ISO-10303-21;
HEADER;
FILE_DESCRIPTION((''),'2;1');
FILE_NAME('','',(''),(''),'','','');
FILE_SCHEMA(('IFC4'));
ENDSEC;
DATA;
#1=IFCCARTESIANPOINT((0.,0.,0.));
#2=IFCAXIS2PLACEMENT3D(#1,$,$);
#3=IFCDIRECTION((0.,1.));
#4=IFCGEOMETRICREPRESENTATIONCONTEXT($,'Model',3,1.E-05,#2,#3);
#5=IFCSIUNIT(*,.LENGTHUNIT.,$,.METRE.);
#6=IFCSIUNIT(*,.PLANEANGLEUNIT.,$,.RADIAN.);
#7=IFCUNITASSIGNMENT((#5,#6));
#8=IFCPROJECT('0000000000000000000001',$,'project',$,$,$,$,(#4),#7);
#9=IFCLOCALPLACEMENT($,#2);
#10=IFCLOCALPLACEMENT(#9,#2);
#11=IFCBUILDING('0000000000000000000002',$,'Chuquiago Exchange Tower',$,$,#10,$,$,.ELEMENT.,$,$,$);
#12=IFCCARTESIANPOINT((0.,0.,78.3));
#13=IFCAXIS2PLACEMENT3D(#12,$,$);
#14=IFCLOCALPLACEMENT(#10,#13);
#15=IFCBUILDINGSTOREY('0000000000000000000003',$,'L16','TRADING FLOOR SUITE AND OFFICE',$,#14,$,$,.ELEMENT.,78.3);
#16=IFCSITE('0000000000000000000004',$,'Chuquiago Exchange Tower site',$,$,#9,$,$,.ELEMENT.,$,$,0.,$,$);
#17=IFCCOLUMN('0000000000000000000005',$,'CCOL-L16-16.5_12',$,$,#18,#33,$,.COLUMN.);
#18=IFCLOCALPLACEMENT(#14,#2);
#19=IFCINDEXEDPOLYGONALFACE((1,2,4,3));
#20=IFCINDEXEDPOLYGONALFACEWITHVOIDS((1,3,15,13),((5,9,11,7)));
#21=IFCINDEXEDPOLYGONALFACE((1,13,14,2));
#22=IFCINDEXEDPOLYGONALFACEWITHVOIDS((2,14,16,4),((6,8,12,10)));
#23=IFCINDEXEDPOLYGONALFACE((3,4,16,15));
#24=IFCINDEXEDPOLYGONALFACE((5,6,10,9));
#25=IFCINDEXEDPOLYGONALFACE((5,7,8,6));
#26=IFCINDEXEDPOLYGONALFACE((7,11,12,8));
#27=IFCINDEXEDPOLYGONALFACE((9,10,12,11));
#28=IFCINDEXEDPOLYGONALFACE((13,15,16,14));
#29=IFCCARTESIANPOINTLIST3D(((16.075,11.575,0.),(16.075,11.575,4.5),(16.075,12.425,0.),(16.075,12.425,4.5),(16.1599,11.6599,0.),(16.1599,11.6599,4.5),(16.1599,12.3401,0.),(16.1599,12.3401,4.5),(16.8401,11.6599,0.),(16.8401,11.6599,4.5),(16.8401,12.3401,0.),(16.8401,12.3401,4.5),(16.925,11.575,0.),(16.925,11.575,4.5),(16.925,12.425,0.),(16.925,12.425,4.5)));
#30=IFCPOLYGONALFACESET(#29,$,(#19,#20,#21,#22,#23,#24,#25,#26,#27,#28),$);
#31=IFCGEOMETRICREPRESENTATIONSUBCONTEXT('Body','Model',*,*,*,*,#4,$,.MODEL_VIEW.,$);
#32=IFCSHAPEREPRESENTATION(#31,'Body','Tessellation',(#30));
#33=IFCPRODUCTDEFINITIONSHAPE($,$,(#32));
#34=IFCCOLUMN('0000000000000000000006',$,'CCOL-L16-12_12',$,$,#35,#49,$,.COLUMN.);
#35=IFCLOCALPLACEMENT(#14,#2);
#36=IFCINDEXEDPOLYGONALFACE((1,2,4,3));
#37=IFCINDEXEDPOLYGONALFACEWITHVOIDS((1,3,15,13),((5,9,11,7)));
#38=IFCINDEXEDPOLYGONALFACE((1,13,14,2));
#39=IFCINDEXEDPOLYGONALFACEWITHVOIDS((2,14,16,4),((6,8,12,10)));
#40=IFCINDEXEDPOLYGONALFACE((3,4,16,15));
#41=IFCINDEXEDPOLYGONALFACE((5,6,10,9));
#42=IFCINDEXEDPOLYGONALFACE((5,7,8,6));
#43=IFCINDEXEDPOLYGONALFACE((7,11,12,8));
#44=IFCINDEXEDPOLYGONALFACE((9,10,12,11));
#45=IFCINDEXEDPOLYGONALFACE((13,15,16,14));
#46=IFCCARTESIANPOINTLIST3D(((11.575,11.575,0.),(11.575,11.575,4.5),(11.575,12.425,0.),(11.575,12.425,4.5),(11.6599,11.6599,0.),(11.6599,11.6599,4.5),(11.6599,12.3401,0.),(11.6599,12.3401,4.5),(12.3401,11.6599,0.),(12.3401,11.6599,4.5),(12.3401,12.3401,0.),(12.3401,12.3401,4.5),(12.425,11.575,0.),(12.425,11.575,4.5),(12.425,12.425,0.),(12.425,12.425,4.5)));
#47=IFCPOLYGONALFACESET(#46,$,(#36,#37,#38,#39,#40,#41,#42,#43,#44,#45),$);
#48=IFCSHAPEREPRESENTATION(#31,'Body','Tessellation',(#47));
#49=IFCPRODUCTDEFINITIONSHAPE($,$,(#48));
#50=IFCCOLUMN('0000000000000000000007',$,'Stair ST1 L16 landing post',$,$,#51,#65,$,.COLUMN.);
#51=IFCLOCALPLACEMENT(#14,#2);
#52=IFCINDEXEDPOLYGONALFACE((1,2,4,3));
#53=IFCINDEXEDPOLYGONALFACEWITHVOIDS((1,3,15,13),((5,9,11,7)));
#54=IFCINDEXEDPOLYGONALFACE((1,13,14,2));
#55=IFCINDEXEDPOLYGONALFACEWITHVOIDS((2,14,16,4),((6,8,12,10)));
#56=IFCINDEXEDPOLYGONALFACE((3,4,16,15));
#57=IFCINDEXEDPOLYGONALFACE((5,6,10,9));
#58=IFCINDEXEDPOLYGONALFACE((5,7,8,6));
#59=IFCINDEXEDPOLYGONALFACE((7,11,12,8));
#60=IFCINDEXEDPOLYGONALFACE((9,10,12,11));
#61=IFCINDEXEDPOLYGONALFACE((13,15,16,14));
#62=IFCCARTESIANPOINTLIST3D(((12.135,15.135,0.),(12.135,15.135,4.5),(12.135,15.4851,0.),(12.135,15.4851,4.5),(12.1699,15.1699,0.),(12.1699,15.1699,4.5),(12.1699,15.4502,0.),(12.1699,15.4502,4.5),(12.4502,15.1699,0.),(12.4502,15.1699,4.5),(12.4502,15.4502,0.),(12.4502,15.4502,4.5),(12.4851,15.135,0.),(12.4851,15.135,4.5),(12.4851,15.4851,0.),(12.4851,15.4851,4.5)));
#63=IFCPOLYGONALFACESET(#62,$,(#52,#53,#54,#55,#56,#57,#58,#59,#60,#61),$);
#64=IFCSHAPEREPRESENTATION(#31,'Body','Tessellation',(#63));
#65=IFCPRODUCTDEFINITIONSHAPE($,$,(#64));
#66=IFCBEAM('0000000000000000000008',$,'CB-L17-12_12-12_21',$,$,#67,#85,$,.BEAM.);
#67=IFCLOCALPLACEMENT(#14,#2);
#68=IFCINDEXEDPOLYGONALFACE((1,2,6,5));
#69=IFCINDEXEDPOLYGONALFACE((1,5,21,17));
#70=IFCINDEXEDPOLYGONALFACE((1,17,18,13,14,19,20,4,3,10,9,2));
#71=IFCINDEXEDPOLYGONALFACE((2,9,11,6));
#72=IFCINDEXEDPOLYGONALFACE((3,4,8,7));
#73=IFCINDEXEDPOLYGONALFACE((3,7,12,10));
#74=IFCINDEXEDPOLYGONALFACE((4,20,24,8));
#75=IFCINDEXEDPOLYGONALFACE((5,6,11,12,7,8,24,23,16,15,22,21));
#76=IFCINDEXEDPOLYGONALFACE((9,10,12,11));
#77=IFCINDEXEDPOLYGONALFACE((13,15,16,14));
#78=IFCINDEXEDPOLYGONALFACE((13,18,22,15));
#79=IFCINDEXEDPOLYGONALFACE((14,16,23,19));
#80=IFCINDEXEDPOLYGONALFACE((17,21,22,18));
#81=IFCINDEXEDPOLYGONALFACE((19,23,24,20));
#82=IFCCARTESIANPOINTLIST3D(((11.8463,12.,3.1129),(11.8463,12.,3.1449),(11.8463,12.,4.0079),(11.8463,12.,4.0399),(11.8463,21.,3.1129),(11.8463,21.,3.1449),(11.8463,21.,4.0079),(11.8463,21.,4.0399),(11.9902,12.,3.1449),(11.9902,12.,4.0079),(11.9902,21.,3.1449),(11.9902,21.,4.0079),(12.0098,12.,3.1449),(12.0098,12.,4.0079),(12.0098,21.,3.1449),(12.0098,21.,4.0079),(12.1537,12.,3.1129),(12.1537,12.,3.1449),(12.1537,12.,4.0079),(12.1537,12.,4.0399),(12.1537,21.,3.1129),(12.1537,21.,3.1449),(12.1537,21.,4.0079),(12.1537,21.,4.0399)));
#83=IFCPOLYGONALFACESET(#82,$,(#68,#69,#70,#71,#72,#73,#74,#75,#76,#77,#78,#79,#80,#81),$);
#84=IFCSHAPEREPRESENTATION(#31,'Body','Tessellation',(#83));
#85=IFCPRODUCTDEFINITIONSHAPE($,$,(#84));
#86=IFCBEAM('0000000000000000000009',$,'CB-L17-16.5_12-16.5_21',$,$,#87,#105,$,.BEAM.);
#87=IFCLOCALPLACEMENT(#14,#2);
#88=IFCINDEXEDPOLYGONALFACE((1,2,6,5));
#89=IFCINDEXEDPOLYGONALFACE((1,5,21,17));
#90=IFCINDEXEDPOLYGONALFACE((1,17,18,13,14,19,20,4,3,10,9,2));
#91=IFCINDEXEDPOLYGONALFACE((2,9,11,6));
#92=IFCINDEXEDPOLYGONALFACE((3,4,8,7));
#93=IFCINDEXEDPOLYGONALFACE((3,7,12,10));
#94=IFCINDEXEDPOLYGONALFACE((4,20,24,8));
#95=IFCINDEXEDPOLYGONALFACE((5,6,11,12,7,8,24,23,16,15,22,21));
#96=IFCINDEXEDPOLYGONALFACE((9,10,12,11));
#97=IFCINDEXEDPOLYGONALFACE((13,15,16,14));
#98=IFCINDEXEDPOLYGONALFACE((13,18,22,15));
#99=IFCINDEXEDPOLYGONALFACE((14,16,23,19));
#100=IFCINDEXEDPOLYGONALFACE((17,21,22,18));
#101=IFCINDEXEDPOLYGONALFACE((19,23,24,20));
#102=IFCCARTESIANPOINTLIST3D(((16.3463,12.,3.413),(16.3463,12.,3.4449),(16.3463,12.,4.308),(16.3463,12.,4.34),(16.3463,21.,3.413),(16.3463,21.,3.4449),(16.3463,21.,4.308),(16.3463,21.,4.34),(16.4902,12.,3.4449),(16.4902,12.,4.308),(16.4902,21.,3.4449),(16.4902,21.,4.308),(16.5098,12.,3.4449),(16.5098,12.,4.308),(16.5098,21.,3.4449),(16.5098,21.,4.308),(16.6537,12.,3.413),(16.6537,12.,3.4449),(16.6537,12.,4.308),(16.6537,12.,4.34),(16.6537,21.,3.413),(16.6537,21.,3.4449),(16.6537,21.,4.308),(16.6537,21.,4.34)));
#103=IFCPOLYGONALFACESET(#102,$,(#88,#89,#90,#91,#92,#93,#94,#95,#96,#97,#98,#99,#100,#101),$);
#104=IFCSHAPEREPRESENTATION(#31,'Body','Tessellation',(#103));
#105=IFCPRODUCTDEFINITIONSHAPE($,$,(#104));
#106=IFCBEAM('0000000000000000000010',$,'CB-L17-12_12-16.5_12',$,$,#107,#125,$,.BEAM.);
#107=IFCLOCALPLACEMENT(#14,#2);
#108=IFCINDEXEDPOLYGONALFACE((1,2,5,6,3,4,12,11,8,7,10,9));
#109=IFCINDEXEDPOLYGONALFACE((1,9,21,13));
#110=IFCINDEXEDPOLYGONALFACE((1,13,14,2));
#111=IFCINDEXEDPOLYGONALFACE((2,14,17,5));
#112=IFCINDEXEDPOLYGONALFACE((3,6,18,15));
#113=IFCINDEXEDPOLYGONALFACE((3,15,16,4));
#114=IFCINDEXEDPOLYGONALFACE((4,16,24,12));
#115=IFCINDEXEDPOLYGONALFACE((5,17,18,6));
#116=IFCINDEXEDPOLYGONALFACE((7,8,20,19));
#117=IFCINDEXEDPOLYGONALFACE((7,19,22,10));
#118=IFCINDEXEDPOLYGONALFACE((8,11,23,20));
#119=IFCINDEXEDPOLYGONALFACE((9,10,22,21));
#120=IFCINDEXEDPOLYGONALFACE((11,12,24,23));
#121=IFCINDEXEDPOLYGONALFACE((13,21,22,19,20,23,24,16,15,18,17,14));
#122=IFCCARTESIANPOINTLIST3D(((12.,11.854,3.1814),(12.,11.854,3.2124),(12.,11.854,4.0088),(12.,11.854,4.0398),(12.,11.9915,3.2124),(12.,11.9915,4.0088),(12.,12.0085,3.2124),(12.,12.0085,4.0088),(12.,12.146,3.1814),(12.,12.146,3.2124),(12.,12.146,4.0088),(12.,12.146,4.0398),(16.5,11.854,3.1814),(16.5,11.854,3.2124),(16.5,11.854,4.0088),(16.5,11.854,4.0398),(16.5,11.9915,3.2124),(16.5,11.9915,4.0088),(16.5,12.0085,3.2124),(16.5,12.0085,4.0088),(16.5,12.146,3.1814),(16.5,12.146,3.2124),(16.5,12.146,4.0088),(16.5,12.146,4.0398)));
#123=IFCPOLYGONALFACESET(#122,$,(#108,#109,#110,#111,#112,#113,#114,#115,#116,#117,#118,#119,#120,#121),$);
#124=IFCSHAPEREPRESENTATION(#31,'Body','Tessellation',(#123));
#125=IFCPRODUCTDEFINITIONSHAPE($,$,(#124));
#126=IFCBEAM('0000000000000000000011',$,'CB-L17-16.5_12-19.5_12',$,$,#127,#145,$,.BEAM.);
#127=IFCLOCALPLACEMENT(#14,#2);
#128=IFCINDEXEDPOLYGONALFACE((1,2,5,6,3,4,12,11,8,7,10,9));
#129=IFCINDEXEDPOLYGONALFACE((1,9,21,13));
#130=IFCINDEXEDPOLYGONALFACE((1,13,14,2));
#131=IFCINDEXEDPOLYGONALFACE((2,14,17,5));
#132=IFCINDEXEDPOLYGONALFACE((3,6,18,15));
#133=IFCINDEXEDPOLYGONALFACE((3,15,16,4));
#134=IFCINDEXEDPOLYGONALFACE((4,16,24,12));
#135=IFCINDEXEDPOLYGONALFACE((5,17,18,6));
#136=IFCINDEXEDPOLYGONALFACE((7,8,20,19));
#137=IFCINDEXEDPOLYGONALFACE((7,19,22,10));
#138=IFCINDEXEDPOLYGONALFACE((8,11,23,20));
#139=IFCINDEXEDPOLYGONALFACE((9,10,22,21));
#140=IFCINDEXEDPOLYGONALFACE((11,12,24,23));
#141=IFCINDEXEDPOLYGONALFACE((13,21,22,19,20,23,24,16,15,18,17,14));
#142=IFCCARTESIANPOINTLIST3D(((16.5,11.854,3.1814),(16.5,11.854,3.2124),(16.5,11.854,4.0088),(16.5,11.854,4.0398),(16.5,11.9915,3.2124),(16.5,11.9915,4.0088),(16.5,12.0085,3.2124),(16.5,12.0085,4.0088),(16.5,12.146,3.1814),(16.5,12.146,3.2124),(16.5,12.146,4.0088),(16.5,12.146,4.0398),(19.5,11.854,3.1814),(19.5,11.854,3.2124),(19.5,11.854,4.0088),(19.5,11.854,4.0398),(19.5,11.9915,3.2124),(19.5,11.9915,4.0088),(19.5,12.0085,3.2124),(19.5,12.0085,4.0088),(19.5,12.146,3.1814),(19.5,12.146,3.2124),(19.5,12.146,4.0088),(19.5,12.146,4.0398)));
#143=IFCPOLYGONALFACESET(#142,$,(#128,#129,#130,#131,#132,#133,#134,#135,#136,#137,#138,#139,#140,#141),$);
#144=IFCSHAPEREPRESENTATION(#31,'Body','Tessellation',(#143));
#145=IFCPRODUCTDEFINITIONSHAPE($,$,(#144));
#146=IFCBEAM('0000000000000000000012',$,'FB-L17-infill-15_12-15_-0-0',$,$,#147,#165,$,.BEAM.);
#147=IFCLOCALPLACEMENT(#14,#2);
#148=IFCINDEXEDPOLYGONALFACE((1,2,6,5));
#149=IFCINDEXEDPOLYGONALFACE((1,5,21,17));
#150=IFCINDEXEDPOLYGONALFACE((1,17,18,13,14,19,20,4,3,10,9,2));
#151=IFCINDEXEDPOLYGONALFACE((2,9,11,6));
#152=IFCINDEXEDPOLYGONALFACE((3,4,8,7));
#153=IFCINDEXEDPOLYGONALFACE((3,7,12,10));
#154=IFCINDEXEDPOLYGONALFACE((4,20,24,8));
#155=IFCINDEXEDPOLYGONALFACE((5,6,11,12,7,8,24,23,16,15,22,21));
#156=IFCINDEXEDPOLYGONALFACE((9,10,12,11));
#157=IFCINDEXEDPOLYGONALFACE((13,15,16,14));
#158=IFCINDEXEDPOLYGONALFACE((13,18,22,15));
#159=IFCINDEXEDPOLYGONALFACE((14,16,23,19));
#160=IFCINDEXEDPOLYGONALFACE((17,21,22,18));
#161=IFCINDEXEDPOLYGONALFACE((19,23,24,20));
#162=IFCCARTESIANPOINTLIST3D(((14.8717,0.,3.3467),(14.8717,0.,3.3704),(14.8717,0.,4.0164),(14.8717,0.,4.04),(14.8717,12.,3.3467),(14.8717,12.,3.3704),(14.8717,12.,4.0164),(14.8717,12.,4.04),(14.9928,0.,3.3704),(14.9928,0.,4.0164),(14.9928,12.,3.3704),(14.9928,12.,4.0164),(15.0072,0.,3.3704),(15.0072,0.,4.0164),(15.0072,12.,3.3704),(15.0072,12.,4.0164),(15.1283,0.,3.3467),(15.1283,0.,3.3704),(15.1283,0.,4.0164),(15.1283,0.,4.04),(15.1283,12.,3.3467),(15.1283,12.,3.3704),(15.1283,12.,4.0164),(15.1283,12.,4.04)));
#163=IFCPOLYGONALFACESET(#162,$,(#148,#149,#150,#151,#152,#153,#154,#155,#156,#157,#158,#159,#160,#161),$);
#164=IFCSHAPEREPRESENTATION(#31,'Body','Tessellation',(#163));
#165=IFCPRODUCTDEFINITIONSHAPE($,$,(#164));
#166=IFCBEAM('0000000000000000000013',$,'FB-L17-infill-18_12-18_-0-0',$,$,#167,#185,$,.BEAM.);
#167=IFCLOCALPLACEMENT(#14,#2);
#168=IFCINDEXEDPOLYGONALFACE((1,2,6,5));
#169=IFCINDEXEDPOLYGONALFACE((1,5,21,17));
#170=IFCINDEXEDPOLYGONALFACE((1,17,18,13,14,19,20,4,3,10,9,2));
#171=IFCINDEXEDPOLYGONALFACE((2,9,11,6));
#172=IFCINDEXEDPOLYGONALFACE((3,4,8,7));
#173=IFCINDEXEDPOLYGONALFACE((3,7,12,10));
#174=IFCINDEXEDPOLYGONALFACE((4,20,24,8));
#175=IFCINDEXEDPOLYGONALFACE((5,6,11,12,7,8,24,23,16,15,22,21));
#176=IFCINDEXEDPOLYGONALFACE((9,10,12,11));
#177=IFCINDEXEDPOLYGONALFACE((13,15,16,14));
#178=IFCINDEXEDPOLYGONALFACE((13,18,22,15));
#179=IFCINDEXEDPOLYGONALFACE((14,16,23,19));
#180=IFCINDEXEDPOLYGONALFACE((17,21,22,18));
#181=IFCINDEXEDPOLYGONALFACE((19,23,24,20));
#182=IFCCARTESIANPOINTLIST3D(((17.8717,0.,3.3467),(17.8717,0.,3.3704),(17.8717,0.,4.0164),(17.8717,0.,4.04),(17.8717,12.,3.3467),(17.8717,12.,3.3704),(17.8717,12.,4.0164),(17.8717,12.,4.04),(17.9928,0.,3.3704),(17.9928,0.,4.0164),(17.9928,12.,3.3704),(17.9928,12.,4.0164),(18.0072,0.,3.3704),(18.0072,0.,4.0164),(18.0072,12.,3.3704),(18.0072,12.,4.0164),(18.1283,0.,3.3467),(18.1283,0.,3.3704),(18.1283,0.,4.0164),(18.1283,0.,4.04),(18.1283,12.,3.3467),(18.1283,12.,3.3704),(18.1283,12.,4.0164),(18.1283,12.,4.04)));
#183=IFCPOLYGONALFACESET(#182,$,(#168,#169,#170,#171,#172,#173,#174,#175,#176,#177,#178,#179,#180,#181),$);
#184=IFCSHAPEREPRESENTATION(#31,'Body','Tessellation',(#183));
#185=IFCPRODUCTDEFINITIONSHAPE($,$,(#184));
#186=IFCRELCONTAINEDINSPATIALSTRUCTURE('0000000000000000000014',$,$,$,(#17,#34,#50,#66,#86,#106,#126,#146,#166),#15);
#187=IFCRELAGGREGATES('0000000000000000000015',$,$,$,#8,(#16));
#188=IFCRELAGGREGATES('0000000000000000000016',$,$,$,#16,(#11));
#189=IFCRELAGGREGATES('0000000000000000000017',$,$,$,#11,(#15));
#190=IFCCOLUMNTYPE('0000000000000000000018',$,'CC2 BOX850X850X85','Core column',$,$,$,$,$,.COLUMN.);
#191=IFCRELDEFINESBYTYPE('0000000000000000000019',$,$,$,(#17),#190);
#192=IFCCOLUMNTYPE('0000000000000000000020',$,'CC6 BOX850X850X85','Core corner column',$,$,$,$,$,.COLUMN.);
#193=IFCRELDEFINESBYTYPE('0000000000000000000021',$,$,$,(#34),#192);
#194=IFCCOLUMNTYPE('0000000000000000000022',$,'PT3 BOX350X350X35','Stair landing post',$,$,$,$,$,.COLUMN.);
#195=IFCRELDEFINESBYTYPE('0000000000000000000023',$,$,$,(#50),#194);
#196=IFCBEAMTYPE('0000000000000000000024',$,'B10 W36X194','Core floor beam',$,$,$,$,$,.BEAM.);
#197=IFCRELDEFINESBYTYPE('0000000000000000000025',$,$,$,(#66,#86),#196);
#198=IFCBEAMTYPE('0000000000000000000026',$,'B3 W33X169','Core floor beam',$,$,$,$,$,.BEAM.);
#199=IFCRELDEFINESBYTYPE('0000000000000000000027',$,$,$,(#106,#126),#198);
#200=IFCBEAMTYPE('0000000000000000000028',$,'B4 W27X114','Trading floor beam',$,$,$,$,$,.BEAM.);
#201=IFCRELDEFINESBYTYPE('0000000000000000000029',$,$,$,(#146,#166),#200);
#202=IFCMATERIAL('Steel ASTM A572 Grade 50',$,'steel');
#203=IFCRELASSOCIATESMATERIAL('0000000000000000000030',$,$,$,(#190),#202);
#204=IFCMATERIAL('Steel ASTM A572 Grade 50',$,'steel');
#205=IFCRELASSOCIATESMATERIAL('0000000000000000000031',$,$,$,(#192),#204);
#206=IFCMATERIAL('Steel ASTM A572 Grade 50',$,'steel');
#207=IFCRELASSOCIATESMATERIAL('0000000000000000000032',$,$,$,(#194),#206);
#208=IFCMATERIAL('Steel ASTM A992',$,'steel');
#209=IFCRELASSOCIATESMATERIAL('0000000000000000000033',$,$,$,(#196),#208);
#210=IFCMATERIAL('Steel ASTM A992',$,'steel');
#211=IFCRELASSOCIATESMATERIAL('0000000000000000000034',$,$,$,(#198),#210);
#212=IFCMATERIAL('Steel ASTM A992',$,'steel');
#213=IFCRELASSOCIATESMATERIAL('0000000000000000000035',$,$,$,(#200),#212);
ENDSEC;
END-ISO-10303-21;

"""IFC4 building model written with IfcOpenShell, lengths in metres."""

from ifc_helpers import new_model, si_unit, direction, frame, origin, origin_2d, place, context, subcontext, project, spatial, hollow_rectangle, i_section, extrude, material, material_profile, profile_set, type_object, element, save


model = new_model("IFC4")

# Units and contexts
model_context = context("Model", 3, precision=1e-05, world=origin(), true_north=direction((0.0, 1.0)))
body_context = subcontext(model_context, "Body", "Model", "MODEL_VIEW")
ifc_project = project(units=[si_unit("LENGTHUNIT", "METRE"), si_unit("PLANEANGLEUNIT", "RADIAN")], contexts=[model_context])

# Site, building, storey
site_placement = place(None, origin())
site = spatial("IfcSite", under=ifc_project, at=site_placement, Name="Chuquiago Exchange Tower site", CompositionType="ELEMENT", RefElevation=0.0)
building_placement = place(site_placement, origin())
building = spatial("IfcBuilding", under=site, at=building_placement, Name="Chuquiago Exchange Tower", CompositionType="ELEMENT")
storey_placement = place(building_placement, frame((0.0, 0.0, 78.3)))
storey = spatial("IfcBuildingStorey", under=building, at=storey_placement, Name="L16", Description="TRADING FLOOR SUITE AND OFFICE", CompositionType="ELEMENT", Elevation=78.3)

# Columns
ifc_material_1 = material(Name="Steel ASTM A572 Grade 50", Category="steel")
ifc_material_profile_1 = material_profile(ifc_material_1, hollow_rectangle(XDim=0.8501, YDim=0.8501, WallThickness=0.085, at=origin_2d()), Name="BOX850X850X85")
ifc_profile_set_1 = profile_set([ifc_material_profile_1], Name="Steel ASTM A572 Grade 50")
column_type_1 = type_object("IfcColumnType", Name="CC2 BOX850X850X85", Description="Core column", PredefinedType="COLUMN", material=ifc_profile_set_1)
column_1_placement = place(storey_placement, frame((16.5, 12.0, 0.0), z_axis=(0.0, 0.0, 1.0), x_axis=(1.0, 0.0, 0.0)))
element("IfcColumn", 1, at=column_1_placement, inside=storey, type_object=column_type_1, Name="CCOL-L16-16.5_12", PredefinedType="COLUMN", context=body_context, shape_type="SweptSolid", body=[
    extrude(hollow_rectangle(XDim=0.8501, YDim=0.8501, WallThickness=0.085, at=origin_2d()), origin(), (0.0, 0.0, 1.0), 4.5),
])
ifc_material_2 = material(Name="Steel ASTM A572 Grade 50", Category="steel")
ifc_material_profile_2 = material_profile(ifc_material_2, hollow_rectangle(XDim=0.8501, YDim=0.8501, WallThickness=0.085, at=origin_2d()), Name="BOX850X850X85")
ifc_profile_set_2 = profile_set([ifc_material_profile_2], Name="Steel ASTM A572 Grade 50")
column_type_2 = type_object("IfcColumnType", Name="CC6 BOX850X850X85", Description="Core corner column", PredefinedType="COLUMN", material=ifc_profile_set_2)
column_2_placement = place(storey_placement, frame((12.0, 12.0, 0.0), z_axis=(0.0, 0.0, 1.0), x_axis=(1.0, 0.0, 0.0)))
element("IfcColumn", 2, at=column_2_placement, inside=storey, type_object=column_type_2, Name="CCOL-L16-12_12", PredefinedType="COLUMN", context=body_context, shape_type="SweptSolid", body=[
    extrude(hollow_rectangle(XDim=0.8501, YDim=0.8501, WallThickness=0.085, at=origin_2d()), origin(), (0.0, 0.0, 1.0), 4.5),
])
ifc_material_3 = material(Name="Steel ASTM A572 Grade 50", Category="steel")
ifc_material_profile_3 = material_profile(ifc_material_3, hollow_rectangle(XDim=0.3501, YDim=0.3501, WallThickness=0.0349, at=origin_2d()), Name="BOX350X350X35")
ifc_profile_set_3 = profile_set([ifc_material_profile_3], Name="Steel ASTM A572 Grade 50")
column_type_3 = type_object("IfcColumnType", Name="PT3 BOX350X350X35", Description="Stair landing post", PredefinedType="COLUMN", material=ifc_profile_set_3)
column_3_placement = place(storey_placement, frame((12.3101, 15.3101, 0.0), z_axis=(0.0, 0.0, 1.0), x_axis=(1.0, 0.0, 0.0)))
element("IfcColumn", 3, at=column_3_placement, inside=storey, type_object=column_type_3, Name="Stair ST1 L16 landing post", PredefinedType="COLUMN", context=body_context, shape_type="SweptSolid", body=[
    extrude(hollow_rectangle(XDim=0.3501, YDim=0.3501, WallThickness=0.0349, at=origin_2d()), origin(), (0.0, 0.0, 1.0), 4.5),
])

# Beams
ifc_material_4 = material(Name="Steel ASTM A992", Category="steel")
ifc_material_profile_4 = material_profile(ifc_material_4, i_section(OverallWidth=0.3074, OverallDepth=0.927, WebThickness=0.0195, FlangeThickness=0.032, at=origin_2d()), Name="W36X194")
ifc_profile_set_4 = profile_set([ifc_material_profile_4], Name="Steel ASTM A992")
beam_type_1 = type_object("IfcBeamType", Name="B10 W36X194", Description="Core floor beam", PredefinedType="BEAM", material=ifc_profile_set_4)
for number, where, z_axis, x_axis, name in (
    (4, (12.0, 12.0, 3.5764), (0.0, 1.0, 0.0), (-1.0, 0.0, 0.0), "CB-L17-12_12-12_21"),
    (5, (16.5, 12.0, 3.8765), (0.0, 1.0, 0.0), (-1.0, 0.0, 0.0), "CB-L17-16.5_12-16.5_21"),
):
    element("IfcBeam", number, at=place(storey_placement, frame(where, z_axis=z_axis, x_axis=x_axis)), inside=storey, type_object=beam_type_1, Name=name, PredefinedType="BEAM", context=body_context, shape_type="SweptSolid", body=[
        extrude(i_section(OverallWidth=0.3074, OverallDepth=0.927, WebThickness=0.0195, FlangeThickness=0.032, at=origin_2d()), origin(), (0.0, 0.0, 1.0), 9.0),
    ])
ifc_material_5 = material(Name="Steel ASTM A992", Category="steel")
ifc_material_profile_5 = material_profile(ifc_material_5, i_section(OverallWidth=0.292, OverallDepth=0.8584, WebThickness=0.0171, FlangeThickness=0.031, at=origin_2d()), Name="W33X169")
ifc_profile_set_5 = profile_set([ifc_material_profile_5], Name="Steel ASTM A992")
beam_type_2 = type_object("IfcBeamType", Name="B3 W33X169", Description="Core floor beam", PredefinedType="BEAM", material=ifc_profile_set_5)
beam_1_placement = place(storey_placement, frame((12.0, 12.0, 3.6106), z_axis=(1.0, 0.0, 0.0), x_axis=(0.0, 1.0, 0.0)))
element("IfcBeam", 6, at=beam_1_placement, inside=storey, type_object=beam_type_2, Name="CB-L17-12_12-16.5_12", PredefinedType="BEAM", context=body_context, shape_type="SweptSolid", body=[
    extrude(i_section(OverallWidth=0.292, OverallDepth=0.8584, WebThickness=0.0171, FlangeThickness=0.031, at=origin_2d()), origin(), (0.0, 0.0, 1.0), 4.5),
])
beam_2_placement = place(storey_placement, frame((16.5, 12.0, 3.6106), z_axis=(1.0, 0.0, 0.0), x_axis=(0.0, 1.0, 0.0)))
element("IfcBeam", 7, at=beam_2_placement, inside=storey, type_object=beam_type_2, Name="CB-L17-16.5_12-19.5_12", PredefinedType="BEAM", context=body_context, shape_type="SweptSolid", body=[
    extrude(i_section(OverallWidth=0.292, OverallDepth=0.8584, WebThickness=0.0171, FlangeThickness=0.031, at=origin_2d()), origin(), (0.0, 0.0, 1.0), 3.0),
])
ifc_material_6 = material(Name="Steel ASTM A992", Category="steel")
ifc_material_profile_6 = material_profile(ifc_material_6, i_section(OverallWidth=0.2566, OverallDepth=0.6934, WebThickness=0.0144, FlangeThickness=0.0237, at=origin_2d()), Name="W27X114")
ifc_profile_set_6 = profile_set([ifc_material_profile_6], Name="Steel ASTM A992")
beam_type_3 = type_object("IfcBeamType", Name="B4 W27X114", Description="Trading floor beam", PredefinedType="BEAM", material=ifc_profile_set_6)
for number, where, z_axis, x_axis, name in (
    (8, (15.0, 12.0, 3.6934), (0.0, -1.0, 0.0), (1.0, 0.0, 0.0), "FB-L17-infill-15_12-15_-0-0"),
    (9, (18.0, 12.0, 3.6934), (0.0, -1.0, 0.0), (1.0, 0.0, 0.0), "FB-L17-infill-18_12-18_-0-0"),
):
    element("IfcBeam", number, at=place(storey_placement, frame(where, z_axis=z_axis, x_axis=x_axis)), inside=storey, type_object=beam_type_3, Name=name, PredefinedType="BEAM", context=body_context, shape_type="SweptSolid", body=[
        extrude(i_section(OverallWidth=0.2566, OverallDepth=0.6934, WebThickness=0.0144, FlangeThickness=0.0237, at=origin_2d()), origin(), (0.0, 0.0, 1.0), 12.0),
    ])

save(model, "model.ifc")
